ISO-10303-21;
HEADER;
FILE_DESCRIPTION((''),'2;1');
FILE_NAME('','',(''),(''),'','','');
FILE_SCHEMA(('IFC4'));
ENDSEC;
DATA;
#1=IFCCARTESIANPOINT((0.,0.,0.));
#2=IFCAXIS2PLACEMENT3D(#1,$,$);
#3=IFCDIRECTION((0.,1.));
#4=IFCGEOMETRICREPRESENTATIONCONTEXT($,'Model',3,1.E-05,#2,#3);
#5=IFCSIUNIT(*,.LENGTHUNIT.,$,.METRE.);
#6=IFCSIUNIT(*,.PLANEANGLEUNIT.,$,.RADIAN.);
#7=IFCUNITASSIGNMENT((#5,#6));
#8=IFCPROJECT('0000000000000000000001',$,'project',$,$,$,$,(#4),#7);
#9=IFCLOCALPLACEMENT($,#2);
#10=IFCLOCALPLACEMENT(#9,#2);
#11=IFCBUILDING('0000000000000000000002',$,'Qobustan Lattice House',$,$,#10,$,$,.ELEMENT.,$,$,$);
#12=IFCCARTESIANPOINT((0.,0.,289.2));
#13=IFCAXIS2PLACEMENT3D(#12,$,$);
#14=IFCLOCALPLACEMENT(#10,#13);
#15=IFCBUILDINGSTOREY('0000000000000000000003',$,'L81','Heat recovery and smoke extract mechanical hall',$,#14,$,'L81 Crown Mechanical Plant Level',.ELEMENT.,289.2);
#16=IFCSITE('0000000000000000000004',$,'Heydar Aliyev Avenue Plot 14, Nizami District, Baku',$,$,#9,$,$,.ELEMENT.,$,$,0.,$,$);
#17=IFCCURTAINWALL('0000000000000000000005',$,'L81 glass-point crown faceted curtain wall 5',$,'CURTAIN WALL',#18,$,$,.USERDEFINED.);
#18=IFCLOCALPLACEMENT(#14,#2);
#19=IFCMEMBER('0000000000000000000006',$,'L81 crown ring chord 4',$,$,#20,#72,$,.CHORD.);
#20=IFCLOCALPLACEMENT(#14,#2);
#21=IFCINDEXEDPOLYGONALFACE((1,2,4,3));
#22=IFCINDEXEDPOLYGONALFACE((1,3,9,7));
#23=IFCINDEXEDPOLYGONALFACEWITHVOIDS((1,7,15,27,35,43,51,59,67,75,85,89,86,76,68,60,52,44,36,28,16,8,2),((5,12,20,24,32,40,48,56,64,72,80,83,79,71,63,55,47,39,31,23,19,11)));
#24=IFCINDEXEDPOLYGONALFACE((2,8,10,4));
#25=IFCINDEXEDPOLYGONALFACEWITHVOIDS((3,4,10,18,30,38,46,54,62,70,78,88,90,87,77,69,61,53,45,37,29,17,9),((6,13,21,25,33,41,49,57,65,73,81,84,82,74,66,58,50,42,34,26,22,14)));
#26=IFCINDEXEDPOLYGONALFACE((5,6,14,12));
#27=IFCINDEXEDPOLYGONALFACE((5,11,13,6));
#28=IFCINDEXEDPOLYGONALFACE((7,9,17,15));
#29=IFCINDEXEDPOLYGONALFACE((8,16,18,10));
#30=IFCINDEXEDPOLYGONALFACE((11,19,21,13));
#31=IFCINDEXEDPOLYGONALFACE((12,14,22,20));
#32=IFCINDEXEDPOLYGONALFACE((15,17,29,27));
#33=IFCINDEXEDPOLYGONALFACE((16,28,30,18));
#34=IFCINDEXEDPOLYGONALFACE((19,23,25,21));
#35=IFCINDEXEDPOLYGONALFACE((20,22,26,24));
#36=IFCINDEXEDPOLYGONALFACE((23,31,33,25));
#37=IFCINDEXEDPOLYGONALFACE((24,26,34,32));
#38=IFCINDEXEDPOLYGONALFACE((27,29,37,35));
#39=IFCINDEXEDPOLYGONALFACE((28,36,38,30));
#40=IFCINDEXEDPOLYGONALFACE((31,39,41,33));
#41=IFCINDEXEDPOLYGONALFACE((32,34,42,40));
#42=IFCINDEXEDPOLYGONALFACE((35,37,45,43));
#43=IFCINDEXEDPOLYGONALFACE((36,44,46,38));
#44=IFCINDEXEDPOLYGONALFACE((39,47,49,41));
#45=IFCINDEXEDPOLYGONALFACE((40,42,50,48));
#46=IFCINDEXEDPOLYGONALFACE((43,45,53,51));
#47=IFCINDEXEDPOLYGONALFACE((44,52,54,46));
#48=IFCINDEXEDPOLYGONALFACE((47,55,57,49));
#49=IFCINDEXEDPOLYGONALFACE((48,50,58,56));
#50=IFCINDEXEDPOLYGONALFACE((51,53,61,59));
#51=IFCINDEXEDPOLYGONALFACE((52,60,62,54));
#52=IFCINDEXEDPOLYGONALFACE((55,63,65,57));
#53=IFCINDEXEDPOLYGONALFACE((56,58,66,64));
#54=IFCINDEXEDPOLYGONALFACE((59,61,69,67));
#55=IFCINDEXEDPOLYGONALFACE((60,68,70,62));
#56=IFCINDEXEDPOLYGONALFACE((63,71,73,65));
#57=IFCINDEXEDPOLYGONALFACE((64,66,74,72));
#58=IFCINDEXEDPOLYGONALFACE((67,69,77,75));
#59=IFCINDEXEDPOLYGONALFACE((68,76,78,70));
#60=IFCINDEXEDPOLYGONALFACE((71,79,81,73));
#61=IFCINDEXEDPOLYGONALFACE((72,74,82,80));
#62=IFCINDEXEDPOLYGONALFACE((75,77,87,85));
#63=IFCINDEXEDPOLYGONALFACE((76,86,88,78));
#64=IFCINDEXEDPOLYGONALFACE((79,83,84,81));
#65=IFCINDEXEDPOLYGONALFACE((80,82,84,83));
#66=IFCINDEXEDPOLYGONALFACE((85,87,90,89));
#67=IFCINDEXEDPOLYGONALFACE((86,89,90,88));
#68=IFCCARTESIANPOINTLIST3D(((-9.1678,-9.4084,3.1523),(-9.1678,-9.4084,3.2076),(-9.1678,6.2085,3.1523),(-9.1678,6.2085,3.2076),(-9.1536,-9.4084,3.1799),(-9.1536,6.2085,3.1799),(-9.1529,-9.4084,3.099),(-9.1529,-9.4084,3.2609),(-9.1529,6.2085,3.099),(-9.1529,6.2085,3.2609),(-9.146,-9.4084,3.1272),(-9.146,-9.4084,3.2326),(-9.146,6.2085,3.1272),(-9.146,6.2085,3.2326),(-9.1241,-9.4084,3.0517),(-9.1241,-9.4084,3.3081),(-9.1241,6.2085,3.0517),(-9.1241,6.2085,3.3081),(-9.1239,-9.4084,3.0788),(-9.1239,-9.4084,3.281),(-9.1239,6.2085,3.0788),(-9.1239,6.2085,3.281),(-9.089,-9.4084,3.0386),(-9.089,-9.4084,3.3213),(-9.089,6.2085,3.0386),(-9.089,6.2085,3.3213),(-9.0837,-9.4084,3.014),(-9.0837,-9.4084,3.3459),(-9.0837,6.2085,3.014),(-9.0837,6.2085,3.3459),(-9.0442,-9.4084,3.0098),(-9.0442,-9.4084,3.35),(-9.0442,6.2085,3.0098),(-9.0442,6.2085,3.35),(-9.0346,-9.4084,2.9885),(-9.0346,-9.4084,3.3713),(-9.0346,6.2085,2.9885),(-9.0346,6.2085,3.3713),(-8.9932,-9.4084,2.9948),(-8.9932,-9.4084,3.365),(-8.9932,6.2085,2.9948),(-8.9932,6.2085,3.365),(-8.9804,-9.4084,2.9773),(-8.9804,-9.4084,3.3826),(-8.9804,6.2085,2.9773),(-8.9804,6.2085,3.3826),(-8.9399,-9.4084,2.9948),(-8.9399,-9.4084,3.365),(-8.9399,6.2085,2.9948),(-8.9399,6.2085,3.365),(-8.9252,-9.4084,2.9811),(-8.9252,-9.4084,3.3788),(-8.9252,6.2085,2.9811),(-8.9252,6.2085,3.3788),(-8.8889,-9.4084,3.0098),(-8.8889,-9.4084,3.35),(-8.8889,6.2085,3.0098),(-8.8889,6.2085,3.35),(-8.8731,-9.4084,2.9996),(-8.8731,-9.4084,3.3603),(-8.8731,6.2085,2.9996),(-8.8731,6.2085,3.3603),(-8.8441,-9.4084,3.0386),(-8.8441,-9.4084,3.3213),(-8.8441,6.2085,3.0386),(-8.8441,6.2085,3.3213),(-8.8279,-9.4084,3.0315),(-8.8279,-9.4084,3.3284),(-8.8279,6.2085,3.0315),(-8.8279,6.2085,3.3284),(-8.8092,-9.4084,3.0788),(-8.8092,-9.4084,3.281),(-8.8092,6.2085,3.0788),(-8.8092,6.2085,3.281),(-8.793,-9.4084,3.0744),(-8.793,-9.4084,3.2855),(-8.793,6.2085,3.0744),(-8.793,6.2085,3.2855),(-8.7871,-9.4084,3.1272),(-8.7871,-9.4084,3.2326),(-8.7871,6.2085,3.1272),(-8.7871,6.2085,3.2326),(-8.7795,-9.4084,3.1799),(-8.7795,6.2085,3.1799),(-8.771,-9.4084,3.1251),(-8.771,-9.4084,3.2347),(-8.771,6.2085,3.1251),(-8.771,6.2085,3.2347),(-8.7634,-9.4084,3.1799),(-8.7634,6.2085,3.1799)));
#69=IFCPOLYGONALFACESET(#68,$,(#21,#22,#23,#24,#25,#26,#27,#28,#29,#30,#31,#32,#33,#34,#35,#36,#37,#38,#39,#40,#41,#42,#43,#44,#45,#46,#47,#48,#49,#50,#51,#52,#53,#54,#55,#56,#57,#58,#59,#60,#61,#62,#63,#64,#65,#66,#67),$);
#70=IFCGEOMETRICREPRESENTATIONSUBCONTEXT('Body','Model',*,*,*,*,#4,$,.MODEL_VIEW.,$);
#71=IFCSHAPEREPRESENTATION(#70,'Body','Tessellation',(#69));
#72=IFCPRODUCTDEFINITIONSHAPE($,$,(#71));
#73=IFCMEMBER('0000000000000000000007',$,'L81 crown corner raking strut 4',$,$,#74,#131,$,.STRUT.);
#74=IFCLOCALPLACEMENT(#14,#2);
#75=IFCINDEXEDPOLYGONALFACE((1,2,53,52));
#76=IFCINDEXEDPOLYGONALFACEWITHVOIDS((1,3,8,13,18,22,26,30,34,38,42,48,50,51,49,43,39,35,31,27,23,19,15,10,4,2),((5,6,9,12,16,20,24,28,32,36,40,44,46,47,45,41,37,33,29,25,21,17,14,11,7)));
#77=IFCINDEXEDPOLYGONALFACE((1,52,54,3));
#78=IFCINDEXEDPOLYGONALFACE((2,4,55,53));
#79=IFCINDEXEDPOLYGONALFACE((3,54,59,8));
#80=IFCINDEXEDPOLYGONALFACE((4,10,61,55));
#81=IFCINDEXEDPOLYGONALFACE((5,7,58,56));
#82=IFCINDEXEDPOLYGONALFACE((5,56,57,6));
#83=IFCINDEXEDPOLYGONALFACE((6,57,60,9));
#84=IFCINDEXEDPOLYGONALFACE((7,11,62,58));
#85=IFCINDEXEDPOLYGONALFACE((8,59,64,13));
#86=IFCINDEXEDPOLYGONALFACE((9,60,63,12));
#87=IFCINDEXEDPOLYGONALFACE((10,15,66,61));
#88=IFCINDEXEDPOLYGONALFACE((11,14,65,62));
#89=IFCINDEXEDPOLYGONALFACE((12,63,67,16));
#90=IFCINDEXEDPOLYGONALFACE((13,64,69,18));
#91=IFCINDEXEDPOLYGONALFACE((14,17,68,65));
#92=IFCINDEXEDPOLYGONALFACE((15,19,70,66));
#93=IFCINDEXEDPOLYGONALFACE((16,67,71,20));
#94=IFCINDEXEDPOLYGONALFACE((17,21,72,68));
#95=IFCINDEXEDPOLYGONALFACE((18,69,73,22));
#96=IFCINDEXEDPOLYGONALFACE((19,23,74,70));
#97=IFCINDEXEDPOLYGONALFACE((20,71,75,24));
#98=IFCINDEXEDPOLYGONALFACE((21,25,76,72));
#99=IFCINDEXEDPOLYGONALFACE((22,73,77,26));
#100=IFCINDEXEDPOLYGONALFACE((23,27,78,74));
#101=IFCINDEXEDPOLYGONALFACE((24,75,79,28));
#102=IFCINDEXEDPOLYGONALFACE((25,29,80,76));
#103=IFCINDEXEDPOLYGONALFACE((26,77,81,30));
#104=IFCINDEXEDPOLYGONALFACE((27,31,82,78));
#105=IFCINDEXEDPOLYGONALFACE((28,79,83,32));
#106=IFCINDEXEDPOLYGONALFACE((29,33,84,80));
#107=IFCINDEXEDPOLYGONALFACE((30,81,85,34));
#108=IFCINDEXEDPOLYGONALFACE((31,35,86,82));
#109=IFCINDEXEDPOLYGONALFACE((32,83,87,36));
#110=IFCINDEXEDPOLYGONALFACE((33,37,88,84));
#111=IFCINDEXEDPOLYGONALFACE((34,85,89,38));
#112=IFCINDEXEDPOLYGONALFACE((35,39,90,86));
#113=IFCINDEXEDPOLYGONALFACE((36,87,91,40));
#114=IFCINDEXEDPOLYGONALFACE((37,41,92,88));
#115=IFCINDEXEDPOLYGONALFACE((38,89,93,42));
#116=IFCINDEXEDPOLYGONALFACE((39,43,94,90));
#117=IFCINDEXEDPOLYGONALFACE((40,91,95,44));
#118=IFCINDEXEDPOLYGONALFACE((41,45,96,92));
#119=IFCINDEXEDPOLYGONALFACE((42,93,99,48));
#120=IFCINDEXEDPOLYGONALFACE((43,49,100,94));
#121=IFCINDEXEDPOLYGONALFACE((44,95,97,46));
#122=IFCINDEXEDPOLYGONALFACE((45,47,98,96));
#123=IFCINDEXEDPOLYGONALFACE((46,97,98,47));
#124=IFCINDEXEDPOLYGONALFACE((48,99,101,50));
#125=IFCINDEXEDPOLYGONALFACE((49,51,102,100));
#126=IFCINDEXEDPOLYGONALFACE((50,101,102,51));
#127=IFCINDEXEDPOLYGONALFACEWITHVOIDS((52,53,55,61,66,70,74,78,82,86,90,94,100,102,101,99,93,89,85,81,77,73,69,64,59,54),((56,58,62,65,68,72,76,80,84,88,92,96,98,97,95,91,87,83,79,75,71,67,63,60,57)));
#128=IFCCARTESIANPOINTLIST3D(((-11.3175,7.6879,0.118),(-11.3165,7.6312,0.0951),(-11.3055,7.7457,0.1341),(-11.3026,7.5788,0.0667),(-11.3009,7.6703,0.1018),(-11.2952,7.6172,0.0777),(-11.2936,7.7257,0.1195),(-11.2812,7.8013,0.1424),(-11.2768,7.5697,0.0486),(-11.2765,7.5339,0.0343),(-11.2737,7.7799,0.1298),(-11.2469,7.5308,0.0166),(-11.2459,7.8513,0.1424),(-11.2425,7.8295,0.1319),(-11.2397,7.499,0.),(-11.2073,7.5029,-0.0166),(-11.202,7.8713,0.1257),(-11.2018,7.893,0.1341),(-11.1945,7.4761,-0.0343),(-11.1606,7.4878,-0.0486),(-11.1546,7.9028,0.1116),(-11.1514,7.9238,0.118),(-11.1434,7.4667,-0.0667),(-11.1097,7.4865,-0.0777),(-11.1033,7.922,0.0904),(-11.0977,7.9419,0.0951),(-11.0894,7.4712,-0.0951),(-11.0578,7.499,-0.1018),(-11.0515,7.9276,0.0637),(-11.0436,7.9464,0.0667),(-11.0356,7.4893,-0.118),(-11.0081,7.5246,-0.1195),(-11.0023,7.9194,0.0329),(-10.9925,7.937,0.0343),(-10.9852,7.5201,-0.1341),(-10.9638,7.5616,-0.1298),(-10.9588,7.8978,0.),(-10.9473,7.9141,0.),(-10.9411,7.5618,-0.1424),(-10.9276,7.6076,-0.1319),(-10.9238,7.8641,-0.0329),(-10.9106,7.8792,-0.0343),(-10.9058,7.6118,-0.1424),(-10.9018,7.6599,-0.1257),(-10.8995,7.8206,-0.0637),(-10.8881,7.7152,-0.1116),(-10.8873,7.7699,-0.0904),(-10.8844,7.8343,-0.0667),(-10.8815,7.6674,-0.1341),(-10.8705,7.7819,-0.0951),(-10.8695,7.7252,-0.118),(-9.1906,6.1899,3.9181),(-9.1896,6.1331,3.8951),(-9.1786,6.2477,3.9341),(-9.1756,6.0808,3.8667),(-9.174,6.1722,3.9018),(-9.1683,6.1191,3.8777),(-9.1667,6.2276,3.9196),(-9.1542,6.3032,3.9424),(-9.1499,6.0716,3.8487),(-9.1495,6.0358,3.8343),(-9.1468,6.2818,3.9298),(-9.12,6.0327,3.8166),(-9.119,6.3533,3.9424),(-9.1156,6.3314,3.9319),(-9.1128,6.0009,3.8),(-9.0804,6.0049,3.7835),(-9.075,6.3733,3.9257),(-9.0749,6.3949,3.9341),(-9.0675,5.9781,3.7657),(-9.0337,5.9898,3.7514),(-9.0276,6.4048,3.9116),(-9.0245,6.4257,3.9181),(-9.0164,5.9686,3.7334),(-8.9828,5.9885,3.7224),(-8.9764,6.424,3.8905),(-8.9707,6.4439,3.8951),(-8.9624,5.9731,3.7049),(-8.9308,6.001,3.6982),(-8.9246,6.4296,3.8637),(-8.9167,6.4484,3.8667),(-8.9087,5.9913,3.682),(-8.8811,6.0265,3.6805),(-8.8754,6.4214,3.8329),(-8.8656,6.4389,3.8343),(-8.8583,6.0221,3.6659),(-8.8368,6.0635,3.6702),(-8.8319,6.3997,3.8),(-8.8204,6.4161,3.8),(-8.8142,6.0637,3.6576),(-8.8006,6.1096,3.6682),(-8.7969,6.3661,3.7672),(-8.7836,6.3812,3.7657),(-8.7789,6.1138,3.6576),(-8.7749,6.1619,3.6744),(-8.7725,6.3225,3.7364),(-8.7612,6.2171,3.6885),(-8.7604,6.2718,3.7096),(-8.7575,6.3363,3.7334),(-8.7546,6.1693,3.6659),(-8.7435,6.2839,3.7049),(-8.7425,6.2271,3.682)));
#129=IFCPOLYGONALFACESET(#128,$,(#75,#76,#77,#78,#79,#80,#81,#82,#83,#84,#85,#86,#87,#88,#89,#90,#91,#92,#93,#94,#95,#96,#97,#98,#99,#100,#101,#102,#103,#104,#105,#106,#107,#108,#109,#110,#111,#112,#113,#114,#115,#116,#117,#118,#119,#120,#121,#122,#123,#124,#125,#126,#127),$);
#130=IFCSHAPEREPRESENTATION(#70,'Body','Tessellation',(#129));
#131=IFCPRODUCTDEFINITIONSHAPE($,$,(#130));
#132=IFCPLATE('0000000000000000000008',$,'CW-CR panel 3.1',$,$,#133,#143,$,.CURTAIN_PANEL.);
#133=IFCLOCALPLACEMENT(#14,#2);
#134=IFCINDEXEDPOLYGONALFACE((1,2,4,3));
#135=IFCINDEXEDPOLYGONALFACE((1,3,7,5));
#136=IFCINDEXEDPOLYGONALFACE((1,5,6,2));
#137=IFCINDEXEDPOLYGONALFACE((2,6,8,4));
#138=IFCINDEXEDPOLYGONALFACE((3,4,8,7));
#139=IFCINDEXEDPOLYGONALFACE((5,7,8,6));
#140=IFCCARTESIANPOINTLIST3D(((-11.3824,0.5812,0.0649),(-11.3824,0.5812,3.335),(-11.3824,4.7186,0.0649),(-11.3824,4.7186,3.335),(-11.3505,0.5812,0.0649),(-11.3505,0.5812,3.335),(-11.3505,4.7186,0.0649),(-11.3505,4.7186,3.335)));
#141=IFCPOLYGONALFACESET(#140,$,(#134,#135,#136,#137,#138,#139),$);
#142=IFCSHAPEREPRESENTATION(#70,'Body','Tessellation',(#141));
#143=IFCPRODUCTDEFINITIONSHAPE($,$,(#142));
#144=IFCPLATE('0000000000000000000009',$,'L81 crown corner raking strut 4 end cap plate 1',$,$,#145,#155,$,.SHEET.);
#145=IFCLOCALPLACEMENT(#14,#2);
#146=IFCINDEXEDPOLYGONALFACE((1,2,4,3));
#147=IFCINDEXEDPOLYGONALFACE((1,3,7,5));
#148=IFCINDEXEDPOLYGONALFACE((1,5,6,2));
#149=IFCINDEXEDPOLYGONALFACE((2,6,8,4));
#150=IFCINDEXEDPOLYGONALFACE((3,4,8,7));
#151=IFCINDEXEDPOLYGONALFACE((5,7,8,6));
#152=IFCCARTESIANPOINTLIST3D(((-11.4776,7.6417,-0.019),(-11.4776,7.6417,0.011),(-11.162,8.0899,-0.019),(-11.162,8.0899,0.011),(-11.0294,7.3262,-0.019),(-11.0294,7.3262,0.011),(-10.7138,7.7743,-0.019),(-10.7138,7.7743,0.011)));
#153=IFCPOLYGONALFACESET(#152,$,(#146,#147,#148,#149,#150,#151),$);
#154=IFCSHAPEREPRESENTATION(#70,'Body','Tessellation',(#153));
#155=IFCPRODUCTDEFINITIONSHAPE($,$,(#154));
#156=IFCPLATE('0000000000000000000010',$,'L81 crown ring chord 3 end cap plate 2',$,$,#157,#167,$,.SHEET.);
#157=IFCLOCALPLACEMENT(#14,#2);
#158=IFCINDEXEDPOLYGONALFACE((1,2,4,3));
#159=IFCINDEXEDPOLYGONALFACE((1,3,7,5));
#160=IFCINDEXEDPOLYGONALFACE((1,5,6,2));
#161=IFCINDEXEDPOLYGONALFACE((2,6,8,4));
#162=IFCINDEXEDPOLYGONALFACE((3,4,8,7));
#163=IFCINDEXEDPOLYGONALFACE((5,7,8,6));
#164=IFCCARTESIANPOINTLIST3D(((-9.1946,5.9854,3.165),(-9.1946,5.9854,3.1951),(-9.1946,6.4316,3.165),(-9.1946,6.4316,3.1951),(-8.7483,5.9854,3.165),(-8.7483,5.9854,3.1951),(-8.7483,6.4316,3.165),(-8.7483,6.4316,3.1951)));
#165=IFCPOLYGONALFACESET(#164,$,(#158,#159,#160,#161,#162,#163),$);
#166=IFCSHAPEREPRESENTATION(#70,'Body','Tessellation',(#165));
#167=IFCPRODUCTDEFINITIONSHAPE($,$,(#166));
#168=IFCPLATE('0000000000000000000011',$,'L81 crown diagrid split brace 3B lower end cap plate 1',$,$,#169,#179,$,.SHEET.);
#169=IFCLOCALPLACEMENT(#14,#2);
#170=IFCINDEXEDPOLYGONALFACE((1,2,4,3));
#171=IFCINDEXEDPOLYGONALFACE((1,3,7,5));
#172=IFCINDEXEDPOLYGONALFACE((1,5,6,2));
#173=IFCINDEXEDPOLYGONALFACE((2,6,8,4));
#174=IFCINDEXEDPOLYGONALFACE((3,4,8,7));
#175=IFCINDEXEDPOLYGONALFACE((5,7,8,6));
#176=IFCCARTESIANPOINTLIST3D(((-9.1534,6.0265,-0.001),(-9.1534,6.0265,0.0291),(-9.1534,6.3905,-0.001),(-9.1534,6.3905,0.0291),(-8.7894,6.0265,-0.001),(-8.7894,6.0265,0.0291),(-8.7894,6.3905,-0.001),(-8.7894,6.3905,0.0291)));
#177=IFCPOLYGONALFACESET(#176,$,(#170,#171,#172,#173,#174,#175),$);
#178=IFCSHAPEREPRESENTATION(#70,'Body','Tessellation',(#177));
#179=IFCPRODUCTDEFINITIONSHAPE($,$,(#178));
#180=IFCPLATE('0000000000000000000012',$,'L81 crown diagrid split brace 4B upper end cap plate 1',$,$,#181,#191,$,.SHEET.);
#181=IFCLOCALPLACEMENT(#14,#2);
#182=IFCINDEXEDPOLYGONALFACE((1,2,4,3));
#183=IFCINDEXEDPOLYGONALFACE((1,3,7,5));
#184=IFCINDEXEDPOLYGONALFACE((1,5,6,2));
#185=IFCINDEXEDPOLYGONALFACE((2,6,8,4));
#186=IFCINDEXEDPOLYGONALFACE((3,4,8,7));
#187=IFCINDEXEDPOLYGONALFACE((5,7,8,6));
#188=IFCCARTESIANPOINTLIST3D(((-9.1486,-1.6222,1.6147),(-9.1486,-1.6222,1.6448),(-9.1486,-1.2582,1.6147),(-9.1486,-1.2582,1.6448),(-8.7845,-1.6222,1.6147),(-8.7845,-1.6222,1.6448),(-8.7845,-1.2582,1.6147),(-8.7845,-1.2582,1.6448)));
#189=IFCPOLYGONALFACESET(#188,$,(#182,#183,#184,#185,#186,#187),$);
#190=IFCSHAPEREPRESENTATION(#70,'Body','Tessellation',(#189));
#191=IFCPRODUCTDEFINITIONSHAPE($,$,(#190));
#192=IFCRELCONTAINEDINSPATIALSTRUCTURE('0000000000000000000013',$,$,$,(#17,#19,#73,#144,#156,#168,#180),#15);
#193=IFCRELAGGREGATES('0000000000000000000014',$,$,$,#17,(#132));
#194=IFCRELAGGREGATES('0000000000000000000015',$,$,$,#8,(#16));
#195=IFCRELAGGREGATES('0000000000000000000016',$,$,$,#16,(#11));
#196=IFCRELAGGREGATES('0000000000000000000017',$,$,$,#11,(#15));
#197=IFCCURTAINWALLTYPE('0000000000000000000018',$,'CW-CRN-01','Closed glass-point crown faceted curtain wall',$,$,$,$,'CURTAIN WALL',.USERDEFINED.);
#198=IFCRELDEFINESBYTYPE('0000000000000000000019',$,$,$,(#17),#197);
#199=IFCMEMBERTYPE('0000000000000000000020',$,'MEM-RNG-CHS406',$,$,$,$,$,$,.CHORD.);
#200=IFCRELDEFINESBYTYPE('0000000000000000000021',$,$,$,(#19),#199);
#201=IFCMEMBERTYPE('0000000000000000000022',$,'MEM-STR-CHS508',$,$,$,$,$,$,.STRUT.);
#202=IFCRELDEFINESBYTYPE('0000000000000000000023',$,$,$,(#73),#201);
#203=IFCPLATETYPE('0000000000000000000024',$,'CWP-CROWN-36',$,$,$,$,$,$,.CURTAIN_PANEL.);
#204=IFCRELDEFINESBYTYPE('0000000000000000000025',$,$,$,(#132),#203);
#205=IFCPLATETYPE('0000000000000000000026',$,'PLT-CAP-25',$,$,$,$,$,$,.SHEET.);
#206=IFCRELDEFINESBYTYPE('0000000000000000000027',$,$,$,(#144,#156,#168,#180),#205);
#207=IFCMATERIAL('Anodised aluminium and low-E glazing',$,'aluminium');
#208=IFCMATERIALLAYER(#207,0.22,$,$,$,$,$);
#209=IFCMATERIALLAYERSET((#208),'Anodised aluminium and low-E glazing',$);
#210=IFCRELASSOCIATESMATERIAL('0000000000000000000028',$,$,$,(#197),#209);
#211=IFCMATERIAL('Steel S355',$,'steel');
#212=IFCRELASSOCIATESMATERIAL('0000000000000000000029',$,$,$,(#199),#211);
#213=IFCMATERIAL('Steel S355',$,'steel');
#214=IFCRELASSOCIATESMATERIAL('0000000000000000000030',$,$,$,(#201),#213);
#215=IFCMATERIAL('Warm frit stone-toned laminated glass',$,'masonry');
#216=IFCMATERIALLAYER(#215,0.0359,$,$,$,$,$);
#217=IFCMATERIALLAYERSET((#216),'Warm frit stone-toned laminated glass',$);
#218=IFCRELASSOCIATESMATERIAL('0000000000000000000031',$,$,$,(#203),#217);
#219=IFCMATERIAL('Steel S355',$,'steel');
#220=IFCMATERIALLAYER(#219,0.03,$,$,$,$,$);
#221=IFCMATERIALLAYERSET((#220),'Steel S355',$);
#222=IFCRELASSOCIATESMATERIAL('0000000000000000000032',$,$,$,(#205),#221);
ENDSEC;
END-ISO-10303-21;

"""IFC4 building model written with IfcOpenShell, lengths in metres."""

from ifc_helpers import new_model, si_unit, direction, frame, origin, origin_2d, place, context, subcontext, project, spatial, rectangle, hollow_circle, extrude, material, layer, layer_set, material_profile, profile_set, type_object, element, aggregate, save


model = new_model("IFC4")

# Units and contexts
model_context = context("Model", 3, precision=1e-05, world=origin(), true_north=direction((0.0, 1.0)))
body_context = subcontext(model_context, "Body", "Model", "MODEL_VIEW")
ifc_project = project(units=[si_unit("LENGTHUNIT", "METRE"), si_unit("PLANEANGLEUNIT", "RADIAN")], contexts=[model_context])

# Site, building, storey
site_placement = place(None, origin())
site = spatial("IfcSite", under=ifc_project, at=site_placement, Name="Heydar Aliyev Avenue Plot 14, Nizami District, Baku", CompositionType="ELEMENT", RefElevation=0.0)
building_placement = place(site_placement, origin())
building = spatial("IfcBuilding", under=site, at=building_placement, Name="Qobustan Lattice House", CompositionType="ELEMENT")
storey_placement = place(building_placement, frame((0.0, 0.0, 289.2)))
storey = spatial("IfcBuildingStorey", under=building, at=storey_placement, Name="L81", Description="Heat recovery and smoke extract mechanical hall", LongName="L81 Crown Mechanical Plant Level", CompositionType="ELEMENT", Elevation=289.2)

# Curtain wall
ifc_material_1 = material(Name="Anodised aluminium and low-E glazing", Category="aluminium")
ifc_layer_1 = layer(ifc_material_1, 0.22)
ifc_layer_set_1 = layer_set([ifc_layer_1], Name="Anodised aluminium and low-E glazing")
curtain_wall_type = type_object("IfcCurtainWallType", Name="CW-CRN-01", Description="Closed glass-point crown faceted curtain wall", ElementType="CURTAIN WALL", PredefinedType="USERDEFINED", material=ifc_layer_set_1)
curtain_wall_1_placement = place(storey_placement, origin())
curtain_wall_1 = element("IfcCurtainWall", 1, at=curtain_wall_1_placement, inside=storey, type_object=curtain_wall_type, Name="L81 glass-point crown faceted curtain wall 5", ObjectType="CURTAIN WALL", PredefinedType="USERDEFINED")

# Members
ifc_material_2 = material(Name="Steel S355", Category="steel")
ifc_material_profile_1 = material_profile(ifc_material_2, hollow_circle(Radius=0.2031, WallThickness=0.0161, at=origin_2d()), Name="CHS406.4x16")
ifc_profile_set_1 = profile_set([ifc_material_profile_1], Name="Steel S355")
member_type_1 = type_object("IfcMemberType", Name="MEM-RNG-CHS406", PredefinedType="CHORD", material=ifc_profile_set_1)
member_1_placement = place(storey_placement, frame((-8.9666, 6.2085, 3.1799), z_axis=(0.0, -1.0, 0.0), x_axis=(1.0, 0.0, 0.0)))
element("IfcMember", 2, at=member_1_placement, inside=storey, type_object=member_type_1, Name="L81 crown ring chord 4", PredefinedType="CHORD", context=body_context, shape_type="SweptSolid", body=[
    extrude(hollow_circle(Radius=0.2031, WallThickness=0.0161, at=origin_2d()), origin(), (0.0, 0.0, 1.0), 15.6169),
])
ifc_material_3 = material(Name="Steel S355", Category="steel")
ifc_material_profile_2 = material_profile(ifc_material_3, hollow_circle(Radius=0.2539, WallThickness=0.02, at=origin_2d()), Name="CHS508x20")
ifc_profile_set_2 = profile_set([ifc_material_profile_2], Name="Steel S355")
member_type_2 = type_object("IfcMemberType", Name="MEM-STR-CHS508", PredefinedType="STRUT", material=ifc_profile_set_2)
member_2_placement = place(storey_placement, frame((-11.0935, 7.7065, 0.0), z_axis=(0.461853, -0.32529, 0.825154), x_axis=(0.575828, 0.817571, 0.0)))
element("IfcMember", 3, at=member_2_placement, inside=storey, type_object=member_type_2, Name="L81 crown corner raking strut 4", PredefinedType="STRUT", context=body_context, shape_type="SweptSolid", body=[
    extrude(hollow_circle(Radius=0.2539, WallThickness=0.02, at=origin_2d()), origin(), (0.0, 0.0, 1.0), 4.6052),
])

# Plate
ifc_material_4 = material(Name="Warm frit stone-toned laminated glass", Category="masonry")
ifc_layer_2 = layer(ifc_material_4, 0.0359)
ifc_layer_set_2 = layer_set([ifc_layer_2], Name="Warm frit stone-toned laminated glass")
plate_type_1 = type_object("IfcPlateType", Name="CWP-CROWN-36", PredefinedType="CURTAIN_PANEL", material=ifc_layer_set_2)
plate_1_placement = place(storey_placement, frame((-11.3665, 2.6499, 0.0649), z_axis=(0.0, 0.0, 1.0), x_axis=(0.0, 1.0, 0.0)))
plate_1 = element("IfcPlate", 4, at=plate_1_placement, type_object=plate_type_1, Name="CW-CR panel 3.1", PredefinedType="CURTAIN_PANEL", context=body_context, shape_type="SweptSolid", body=[
    extrude(rectangle(XDim=4.1375, YDim=0.032, at=origin_2d()), origin(), (0.0, 0.0, 1.0), 3.27),
])
aggregate(curtain_wall_1, [plate_1])

# Plates
ifc_material_5 = material(Name="Steel S355", Category="steel")
ifc_layer_3 = layer(ifc_material_5, 0.03)
ifc_layer_set_3 = layer_set([ifc_layer_3], Name="Steel S355")
plate_type_2 = type_object("IfcPlateType", Name="PLT-CAP-25", PredefinedType="SHEET", material=ifc_layer_set_3)
plate_2_placement = place(storey_placement, frame((-11.0957, 7.708, -0.019), z_axis=(0.0, 0.0, 1.0), x_axis=(0.817587, -0.575805, 0.0)))
element("IfcPlate", 5, at=plate_2_placement, inside=storey, type_object=plate_type_2, Name="L81 crown corner raking strut 4 end cap plate 1", PredefinedType="SHEET", context=body_context, shape_type="SweptSolid", body=[
    extrude(rectangle(XDim=0.5481, YDim=0.5481, at=origin_2d()), origin(), (0.0, 0.0, 1.0), 0.03),
])
plate_3_placement = place(storey_placement, frame((-8.9714, 6.2085, 3.165), z_axis=(0.0, 0.0, 1.0), x_axis=(-1.0, 0.0, 0.0)))
element("IfcPlate", 6, at=plate_3_placement, inside=storey, type_object=plate_type_2, Name="L81 crown ring chord 3 end cap plate 2", PredefinedType="SHEET", context=body_context, shape_type="SweptSolid", body=[
    extrude(rectangle(XDim=0.4463, YDim=0.4463, at=origin_2d()), origin(), (0.0, 0.0, 1.0), 0.03),
])
for number, where, z_axis, x_axis, name in (
    (7, (-8.9714, 6.2085, -0.001), (0.0, 0.0, 1.0), (1.0, 0.0, 0.0), "L81 crown diagrid split brace 3B lower end cap plate 1"),
    (8, (-8.9666, -1.4402, 1.6147), (0.0, 0.0, 1.0), (0.0, 1.0, 0.0), "L81 crown diagrid split brace 4B upper end cap plate 1"),
):
    element("IfcPlate", number, at=place(storey_placement, frame(where, z_axis=z_axis, x_axis=x_axis)), inside=storey, type_object=plate_type_2, Name=name, PredefinedType="SHEET", context=body_context, shape_type="SweptSolid", body=[
        extrude(rectangle(XDim=0.364, YDim=0.364, at=origin_2d()), origin(), (0.0, 0.0, 1.0), 0.03),
    ])

save(model, "model.ifc")
